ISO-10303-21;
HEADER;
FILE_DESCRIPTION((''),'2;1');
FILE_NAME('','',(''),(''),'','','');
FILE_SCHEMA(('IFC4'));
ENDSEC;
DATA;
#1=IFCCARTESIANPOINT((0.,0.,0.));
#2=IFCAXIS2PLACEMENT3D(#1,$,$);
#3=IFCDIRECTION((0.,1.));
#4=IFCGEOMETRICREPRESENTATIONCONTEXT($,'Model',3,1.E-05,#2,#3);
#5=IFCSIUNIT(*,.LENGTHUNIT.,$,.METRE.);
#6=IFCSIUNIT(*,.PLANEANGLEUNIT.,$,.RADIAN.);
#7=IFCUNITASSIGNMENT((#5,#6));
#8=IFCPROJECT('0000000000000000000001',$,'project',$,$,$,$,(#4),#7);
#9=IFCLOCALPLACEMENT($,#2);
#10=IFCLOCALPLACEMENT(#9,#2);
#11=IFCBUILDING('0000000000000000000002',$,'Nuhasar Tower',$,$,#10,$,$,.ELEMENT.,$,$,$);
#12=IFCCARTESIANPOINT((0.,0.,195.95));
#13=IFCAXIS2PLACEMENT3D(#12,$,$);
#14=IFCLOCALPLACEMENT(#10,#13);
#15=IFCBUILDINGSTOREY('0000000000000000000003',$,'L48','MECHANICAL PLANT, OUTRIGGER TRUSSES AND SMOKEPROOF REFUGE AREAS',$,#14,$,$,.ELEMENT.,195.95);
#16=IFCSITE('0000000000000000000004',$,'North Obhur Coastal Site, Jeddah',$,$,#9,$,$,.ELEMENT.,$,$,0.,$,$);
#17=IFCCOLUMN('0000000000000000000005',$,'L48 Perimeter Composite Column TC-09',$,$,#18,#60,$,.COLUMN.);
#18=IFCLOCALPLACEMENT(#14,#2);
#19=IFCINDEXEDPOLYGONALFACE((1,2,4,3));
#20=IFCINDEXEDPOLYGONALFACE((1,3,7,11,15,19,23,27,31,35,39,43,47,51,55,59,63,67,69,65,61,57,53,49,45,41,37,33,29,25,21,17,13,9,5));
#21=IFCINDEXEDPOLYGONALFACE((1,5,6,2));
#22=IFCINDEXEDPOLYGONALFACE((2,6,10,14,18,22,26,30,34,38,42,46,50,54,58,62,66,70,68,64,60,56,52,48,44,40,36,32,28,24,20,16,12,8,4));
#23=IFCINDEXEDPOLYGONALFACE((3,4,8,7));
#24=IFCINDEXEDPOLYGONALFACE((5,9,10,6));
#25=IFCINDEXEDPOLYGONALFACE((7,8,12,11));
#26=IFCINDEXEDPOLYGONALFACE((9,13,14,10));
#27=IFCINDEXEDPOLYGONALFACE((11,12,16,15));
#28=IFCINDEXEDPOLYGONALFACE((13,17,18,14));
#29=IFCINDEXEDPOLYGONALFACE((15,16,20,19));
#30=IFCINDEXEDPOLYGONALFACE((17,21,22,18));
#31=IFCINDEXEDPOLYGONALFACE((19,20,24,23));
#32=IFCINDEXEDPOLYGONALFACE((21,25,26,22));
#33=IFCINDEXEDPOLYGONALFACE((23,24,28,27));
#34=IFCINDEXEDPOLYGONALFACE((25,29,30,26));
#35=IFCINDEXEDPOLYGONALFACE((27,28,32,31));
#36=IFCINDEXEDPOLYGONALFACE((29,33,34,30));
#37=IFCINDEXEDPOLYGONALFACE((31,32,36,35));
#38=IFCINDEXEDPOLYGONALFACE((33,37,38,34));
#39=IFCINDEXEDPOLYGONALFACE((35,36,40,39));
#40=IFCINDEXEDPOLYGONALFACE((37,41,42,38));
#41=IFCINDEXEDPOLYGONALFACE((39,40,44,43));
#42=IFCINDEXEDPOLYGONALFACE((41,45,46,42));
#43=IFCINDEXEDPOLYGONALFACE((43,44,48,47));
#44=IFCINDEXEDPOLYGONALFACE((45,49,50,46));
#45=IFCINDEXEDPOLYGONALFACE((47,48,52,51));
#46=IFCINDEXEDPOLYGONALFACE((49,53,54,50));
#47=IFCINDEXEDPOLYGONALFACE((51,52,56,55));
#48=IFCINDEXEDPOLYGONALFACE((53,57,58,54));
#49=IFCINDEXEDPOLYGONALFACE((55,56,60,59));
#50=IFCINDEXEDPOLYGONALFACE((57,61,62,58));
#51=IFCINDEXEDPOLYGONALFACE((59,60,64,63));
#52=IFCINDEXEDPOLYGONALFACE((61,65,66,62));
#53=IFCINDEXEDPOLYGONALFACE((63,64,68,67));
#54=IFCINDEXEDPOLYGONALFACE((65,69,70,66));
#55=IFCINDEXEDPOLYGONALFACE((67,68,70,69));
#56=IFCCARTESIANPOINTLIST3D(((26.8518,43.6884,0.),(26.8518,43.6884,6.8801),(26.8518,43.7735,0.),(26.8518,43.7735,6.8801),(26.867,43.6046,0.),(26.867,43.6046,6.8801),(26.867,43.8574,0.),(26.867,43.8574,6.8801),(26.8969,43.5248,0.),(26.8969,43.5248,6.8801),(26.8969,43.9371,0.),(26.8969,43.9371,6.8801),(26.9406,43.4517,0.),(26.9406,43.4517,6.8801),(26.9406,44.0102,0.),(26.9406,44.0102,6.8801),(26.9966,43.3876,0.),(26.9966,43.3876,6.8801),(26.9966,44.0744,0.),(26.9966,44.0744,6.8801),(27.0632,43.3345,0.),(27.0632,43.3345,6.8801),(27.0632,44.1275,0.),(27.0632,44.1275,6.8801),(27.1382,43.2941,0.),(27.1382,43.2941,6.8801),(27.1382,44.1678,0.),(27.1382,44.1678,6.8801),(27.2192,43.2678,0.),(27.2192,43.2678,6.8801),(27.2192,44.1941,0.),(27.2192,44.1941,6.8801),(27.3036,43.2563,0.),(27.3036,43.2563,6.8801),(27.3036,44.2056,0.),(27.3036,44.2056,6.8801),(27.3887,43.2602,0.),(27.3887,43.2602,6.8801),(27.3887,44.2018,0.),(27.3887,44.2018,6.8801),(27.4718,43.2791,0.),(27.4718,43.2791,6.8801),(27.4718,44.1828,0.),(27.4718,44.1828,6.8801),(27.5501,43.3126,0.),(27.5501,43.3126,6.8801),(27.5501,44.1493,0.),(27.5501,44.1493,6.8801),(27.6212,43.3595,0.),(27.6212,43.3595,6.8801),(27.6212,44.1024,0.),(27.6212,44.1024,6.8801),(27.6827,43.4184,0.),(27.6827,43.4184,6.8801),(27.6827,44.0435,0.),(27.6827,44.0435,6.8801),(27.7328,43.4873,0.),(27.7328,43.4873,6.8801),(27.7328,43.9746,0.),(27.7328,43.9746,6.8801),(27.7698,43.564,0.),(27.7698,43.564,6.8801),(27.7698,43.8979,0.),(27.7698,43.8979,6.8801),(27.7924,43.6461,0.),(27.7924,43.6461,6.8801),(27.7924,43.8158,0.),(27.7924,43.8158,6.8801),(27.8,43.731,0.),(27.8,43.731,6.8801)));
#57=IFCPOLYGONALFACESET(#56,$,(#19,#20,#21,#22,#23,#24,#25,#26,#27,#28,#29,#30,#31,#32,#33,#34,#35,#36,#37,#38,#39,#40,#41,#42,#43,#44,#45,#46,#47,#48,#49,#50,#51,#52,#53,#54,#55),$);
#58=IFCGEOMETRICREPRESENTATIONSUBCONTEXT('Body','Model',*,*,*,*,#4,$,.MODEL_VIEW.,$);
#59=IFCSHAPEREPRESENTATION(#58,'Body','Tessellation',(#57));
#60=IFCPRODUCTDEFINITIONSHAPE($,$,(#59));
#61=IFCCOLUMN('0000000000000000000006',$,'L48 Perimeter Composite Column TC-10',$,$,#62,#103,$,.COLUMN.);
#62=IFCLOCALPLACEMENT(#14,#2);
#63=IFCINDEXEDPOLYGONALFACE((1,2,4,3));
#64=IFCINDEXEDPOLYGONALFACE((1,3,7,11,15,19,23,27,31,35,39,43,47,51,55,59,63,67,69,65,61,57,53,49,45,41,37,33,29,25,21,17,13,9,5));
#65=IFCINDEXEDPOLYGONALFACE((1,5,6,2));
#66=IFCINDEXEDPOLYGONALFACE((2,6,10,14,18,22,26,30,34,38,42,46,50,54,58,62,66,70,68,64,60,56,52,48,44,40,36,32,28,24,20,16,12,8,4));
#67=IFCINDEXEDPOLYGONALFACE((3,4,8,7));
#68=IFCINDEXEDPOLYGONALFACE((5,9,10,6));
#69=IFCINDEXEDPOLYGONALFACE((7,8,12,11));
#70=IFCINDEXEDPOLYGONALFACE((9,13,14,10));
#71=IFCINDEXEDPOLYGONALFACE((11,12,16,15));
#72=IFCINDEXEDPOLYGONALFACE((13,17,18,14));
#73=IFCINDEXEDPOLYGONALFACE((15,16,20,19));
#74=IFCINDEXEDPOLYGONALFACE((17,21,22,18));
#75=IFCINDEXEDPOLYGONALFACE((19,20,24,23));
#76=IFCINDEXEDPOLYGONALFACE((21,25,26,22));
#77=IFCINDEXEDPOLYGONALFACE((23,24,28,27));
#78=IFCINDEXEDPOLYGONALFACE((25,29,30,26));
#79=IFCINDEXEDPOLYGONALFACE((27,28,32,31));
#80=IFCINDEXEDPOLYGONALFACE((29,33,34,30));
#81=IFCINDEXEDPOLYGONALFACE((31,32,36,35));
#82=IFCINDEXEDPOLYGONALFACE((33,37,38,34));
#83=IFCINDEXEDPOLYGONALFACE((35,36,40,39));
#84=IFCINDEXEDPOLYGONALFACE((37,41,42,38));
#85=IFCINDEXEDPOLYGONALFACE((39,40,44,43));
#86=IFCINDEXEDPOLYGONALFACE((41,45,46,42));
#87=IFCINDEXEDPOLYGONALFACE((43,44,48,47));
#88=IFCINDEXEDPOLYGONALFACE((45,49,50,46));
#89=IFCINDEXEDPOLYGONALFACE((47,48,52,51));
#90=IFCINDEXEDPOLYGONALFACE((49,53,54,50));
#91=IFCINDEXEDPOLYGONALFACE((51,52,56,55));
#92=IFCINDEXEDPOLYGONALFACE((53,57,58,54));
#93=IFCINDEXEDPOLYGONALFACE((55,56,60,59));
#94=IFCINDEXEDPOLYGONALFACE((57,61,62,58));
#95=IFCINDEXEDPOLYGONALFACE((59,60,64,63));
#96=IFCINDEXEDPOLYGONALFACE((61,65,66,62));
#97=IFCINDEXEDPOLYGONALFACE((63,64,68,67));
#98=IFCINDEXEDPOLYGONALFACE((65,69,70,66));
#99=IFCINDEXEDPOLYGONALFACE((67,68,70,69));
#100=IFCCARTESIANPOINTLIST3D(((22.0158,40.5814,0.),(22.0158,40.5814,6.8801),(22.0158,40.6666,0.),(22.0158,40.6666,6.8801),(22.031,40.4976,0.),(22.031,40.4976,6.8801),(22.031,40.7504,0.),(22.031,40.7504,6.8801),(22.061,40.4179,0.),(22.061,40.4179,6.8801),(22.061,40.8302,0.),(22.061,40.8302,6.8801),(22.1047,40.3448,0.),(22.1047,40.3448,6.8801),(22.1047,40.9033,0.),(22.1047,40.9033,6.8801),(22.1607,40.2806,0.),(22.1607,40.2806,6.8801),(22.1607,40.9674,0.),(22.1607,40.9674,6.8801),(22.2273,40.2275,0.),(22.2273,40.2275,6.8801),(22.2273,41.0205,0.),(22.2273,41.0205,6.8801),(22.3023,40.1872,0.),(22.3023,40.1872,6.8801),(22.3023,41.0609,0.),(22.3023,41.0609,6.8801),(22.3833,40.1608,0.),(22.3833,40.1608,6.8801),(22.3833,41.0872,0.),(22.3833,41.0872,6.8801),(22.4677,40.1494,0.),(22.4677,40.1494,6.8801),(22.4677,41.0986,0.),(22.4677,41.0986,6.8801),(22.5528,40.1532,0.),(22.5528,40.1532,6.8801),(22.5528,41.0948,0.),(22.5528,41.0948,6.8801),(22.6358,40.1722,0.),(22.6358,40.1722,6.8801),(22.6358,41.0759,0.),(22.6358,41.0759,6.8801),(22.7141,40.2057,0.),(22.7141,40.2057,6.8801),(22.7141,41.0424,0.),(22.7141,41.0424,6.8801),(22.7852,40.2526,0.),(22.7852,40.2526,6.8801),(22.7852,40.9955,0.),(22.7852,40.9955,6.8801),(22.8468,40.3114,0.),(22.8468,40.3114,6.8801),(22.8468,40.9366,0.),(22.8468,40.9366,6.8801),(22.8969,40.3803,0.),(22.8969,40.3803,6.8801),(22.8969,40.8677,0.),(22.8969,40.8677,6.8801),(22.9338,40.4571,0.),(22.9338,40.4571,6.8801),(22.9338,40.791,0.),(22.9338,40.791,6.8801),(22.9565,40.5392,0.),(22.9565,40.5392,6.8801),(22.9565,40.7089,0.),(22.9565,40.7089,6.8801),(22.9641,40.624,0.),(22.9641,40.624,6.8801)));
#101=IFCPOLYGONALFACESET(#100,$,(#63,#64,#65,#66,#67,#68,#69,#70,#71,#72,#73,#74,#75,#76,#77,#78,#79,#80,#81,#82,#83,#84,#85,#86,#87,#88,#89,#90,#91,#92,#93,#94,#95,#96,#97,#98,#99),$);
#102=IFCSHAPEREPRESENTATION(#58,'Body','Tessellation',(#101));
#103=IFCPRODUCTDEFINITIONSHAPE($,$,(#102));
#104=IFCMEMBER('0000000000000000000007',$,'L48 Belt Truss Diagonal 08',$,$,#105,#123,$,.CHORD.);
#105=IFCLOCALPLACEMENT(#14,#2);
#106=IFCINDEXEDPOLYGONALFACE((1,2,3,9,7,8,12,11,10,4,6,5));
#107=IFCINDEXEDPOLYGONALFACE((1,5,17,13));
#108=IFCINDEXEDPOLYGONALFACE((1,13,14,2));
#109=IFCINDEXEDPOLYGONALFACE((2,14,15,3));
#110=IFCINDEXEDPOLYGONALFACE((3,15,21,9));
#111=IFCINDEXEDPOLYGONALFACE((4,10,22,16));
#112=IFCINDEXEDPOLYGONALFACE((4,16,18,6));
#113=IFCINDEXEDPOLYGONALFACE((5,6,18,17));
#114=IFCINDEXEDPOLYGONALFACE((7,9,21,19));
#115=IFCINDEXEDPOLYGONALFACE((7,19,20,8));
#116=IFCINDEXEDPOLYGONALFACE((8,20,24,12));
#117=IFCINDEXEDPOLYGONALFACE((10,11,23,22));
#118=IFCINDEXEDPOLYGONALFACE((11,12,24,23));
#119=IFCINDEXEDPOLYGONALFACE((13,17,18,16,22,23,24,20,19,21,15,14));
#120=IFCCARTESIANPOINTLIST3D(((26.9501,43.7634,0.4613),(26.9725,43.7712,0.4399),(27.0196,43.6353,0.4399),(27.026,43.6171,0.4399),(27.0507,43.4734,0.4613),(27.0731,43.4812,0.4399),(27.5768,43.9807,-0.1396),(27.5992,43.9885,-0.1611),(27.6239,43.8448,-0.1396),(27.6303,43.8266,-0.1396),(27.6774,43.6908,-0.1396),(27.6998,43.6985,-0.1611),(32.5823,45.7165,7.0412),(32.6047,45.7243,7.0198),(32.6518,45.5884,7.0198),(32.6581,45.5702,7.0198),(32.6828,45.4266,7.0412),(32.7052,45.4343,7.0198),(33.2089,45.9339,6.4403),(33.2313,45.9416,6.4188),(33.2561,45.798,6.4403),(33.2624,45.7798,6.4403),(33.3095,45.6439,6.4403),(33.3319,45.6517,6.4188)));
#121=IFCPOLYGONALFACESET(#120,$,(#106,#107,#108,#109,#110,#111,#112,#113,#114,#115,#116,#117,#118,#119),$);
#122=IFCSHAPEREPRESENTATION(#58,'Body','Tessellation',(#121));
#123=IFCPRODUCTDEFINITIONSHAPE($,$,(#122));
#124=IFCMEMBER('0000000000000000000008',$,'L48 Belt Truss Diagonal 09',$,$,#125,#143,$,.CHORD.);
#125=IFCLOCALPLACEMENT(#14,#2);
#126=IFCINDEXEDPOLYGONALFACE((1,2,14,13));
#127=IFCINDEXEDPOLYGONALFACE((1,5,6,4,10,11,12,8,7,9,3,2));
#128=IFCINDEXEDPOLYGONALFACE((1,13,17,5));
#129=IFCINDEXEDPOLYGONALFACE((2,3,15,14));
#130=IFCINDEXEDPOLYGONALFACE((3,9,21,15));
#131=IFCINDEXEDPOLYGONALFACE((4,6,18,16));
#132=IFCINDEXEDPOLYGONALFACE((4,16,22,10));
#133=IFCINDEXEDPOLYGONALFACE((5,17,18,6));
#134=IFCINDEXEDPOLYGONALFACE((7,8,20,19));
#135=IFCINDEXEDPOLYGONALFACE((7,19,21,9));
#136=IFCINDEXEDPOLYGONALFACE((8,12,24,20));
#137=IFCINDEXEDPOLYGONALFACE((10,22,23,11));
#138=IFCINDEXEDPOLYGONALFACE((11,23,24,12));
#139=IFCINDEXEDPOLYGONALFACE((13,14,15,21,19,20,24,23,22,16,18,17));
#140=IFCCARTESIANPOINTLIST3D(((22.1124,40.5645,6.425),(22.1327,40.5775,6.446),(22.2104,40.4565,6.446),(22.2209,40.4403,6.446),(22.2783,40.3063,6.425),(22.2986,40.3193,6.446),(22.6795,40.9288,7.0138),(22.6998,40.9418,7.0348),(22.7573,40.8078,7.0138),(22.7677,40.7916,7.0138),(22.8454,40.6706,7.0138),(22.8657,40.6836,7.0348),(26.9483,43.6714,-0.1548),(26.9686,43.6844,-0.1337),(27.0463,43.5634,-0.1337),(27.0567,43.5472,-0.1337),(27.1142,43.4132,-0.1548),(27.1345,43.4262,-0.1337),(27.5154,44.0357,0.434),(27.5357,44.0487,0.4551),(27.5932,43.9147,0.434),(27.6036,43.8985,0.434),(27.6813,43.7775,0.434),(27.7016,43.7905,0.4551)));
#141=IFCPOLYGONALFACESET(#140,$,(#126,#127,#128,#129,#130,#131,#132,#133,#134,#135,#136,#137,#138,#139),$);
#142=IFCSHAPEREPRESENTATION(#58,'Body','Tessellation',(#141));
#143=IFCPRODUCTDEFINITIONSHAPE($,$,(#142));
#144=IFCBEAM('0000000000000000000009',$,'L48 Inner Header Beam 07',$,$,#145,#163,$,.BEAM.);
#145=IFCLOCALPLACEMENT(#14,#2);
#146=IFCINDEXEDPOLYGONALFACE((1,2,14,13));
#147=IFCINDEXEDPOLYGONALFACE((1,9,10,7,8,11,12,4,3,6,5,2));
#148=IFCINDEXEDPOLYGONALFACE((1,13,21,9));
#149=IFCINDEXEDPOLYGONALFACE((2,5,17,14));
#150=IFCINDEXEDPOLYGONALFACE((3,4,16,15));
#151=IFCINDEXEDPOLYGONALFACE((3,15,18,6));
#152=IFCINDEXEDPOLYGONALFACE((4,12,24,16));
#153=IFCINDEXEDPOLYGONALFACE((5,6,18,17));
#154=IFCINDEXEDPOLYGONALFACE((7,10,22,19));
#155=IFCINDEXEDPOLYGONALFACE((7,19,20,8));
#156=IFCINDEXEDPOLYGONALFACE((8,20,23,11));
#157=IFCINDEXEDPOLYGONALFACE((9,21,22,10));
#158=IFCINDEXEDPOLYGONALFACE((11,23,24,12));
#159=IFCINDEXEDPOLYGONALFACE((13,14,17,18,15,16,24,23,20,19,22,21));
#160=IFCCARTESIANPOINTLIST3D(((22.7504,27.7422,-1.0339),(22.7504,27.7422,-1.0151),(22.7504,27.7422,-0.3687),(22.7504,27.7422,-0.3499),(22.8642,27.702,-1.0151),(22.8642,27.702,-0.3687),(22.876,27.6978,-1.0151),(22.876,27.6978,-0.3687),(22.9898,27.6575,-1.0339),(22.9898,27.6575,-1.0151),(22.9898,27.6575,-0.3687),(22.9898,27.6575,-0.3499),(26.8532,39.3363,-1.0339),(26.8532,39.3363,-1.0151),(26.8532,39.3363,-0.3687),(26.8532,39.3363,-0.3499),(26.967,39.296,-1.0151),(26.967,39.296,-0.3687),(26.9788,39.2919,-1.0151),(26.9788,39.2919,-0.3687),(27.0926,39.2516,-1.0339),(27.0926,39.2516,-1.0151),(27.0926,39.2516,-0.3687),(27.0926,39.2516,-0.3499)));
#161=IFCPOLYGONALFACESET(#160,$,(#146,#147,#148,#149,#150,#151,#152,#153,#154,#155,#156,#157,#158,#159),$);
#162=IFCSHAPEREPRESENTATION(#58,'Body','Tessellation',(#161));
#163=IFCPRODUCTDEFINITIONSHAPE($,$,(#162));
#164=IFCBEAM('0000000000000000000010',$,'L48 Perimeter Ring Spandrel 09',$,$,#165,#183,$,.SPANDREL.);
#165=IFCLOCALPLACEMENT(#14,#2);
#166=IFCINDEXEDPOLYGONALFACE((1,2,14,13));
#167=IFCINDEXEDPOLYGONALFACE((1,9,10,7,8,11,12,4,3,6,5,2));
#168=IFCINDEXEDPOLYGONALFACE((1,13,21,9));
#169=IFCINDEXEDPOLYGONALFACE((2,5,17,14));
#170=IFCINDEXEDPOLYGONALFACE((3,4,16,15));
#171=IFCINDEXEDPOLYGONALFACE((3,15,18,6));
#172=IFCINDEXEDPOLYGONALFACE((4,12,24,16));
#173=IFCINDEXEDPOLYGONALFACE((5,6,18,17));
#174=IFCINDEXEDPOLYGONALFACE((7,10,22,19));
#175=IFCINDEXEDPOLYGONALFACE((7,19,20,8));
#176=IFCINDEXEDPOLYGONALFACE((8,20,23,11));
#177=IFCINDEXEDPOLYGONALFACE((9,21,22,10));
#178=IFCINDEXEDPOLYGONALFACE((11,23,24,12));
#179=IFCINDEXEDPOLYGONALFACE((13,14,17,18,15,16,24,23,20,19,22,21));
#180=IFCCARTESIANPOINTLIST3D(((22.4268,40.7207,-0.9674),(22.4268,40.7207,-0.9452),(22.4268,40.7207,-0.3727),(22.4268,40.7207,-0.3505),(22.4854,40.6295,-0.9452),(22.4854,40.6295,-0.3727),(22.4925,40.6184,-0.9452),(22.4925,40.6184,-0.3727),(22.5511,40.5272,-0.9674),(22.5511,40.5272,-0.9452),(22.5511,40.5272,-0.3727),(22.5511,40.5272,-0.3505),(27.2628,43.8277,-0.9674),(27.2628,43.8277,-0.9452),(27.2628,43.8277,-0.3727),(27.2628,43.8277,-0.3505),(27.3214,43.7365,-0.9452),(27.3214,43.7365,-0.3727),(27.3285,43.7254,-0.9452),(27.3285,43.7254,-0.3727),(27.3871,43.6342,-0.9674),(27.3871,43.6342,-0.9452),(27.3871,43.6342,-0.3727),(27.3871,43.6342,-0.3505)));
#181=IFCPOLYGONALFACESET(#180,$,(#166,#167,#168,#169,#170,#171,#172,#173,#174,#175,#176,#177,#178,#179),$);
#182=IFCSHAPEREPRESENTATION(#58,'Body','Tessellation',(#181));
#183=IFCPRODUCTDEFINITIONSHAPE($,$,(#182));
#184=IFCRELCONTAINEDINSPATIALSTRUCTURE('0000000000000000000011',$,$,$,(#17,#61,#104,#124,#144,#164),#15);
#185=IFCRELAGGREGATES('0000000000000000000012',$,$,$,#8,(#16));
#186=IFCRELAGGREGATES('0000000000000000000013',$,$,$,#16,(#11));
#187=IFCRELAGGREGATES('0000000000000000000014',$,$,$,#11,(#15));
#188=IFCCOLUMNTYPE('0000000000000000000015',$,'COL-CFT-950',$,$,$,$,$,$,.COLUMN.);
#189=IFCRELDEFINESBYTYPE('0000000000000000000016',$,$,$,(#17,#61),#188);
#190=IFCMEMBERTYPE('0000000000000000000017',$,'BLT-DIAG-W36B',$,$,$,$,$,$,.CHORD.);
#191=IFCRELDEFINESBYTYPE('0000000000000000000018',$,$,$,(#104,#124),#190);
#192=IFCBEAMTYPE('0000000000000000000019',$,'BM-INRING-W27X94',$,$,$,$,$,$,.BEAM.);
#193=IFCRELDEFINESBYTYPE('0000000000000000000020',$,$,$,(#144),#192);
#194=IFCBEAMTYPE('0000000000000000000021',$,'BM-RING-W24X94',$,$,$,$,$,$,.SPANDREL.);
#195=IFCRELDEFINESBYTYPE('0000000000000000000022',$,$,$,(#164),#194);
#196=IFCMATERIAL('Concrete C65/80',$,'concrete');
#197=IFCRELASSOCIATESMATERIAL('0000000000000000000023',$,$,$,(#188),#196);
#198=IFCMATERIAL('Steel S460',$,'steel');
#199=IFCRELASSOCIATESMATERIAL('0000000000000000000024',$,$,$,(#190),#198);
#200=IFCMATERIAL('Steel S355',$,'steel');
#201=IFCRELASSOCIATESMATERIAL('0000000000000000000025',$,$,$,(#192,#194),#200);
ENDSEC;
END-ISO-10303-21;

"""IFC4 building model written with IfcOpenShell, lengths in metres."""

from ifc_helpers import new_model, si_unit, direction, frame, origin, origin_2d, place, context, subcontext, project, spatial, circle, i_section, extrude, material, material_profile, profile_set, type_object, element, save


model = new_model("IFC4")

# Units and contexts
model_context = context("Model", 3, precision=1e-05, world=origin(), true_north=direction((0.0, 1.0)))
body_context = subcontext(model_context, "Body", "Model", "MODEL_VIEW")
ifc_project = project(units=[si_unit("LENGTHUNIT", "METRE"), si_unit("PLANEANGLEUNIT", "RADIAN")], contexts=[model_context])

# Site, building, storey
site_placement = place(None, origin())
site = spatial("IfcSite", under=ifc_project, at=site_placement, Name="North Obhur Coastal Site, Jeddah", CompositionType="ELEMENT", RefElevation=0.0)
building_placement = place(site_placement, origin())
building = spatial("IfcBuilding", under=site, at=building_placement, Name="Nuhasar Tower", CompositionType="ELEMENT")
storey_placement = place(building_placement, frame((0.0, 0.0, 195.95)))
storey = spatial("IfcBuildingStorey", under=building, at=storey_placement, Name="L48", Description="MECHANICAL PLANT, OUTRIGGER TRUSSES AND SMOKEPROOF REFUGE AREAS", CompositionType="ELEMENT", Elevation=195.95)

# Columns
ifc_material_1 = material(Name="Concrete C65/80", Category="concrete")
ifc_material_profile_1 = material_profile(ifc_material_1, circle(Radius=0.4751, at=origin_2d()), Name="CFT950")
ifc_profile_set_1 = profile_set([ifc_material_profile_1], Name="Concrete C65/80")
column_type = type_object("IfcColumnType", Name="COL-CFT-950", PredefinedType="COLUMN", material=ifc_profile_set_1)
for number, where, z_axis, x_axis, name in (
    (1, (27.325, 43.731, 0.0), (0.0, 0.0, 1.0), (1.0, 0.0, 0.0), "L48 Perimeter Composite Column TC-09"),
    (2, (22.489, 40.624, 0.0), (0.0, 0.0, 1.0), (1.0, 0.0, 0.0), "L48 Perimeter Composite Column TC-10"),
):
    element("IfcColumn", number, at=place(storey_placement, frame(where, z_axis=z_axis, x_axis=x_axis)), inside=storey, type_object=column_type, Name=name, PredefinedType="COLUMN", context=body_context, shape_type="SweptSolid", body=[
        extrude(circle(Radius=0.4751, at=origin_2d()), origin(), (0.0, 0.0, 1.0), 6.8801),
    ])

# Members
ifc_material_2 = material(Name="Steel S460", Category="steel")
ifc_material_profile_2 = material_profile(ifc_material_2, i_section(OverallWidth=0.3069, OverallDepth=0.927, WebThickness=0.0193, FlangeThickness=0.032, at=origin_2d()), Name="W36X194")
ifc_profile_set_2 = profile_set([ifc_material_profile_2], Name="Steel S460")
member_type_1 = type_object("IfcMemberType", Name="BLT-DIAG-W36B", PredefinedType="CHORD", material=ifc_profile_set_2)
member_1_placement = place(storey_placement, frame((27.325, 43.731, 0.1501), z_axis=(0.634344, 0.219982, 0.741091), x_axis=(-0.327644, 0.944801, 0.0)))
element("IfcMember", 3, at=member_1_placement, inside=storey, type_object=member_type_1, Name="L48 Belt Truss Diagonal 08", PredefinedType="CHORD", context=body_context, shape_type="SweptSolid", body=[
    extrude(i_section(OverallWidth=0.3069, OverallDepth=0.927, WebThickness=0.0193, FlangeThickness=0.032, at=origin_2d()), origin(), (0.0, 0.0, 1.0), 8.8787),
])
member_2_placement = place(storey_placement, frame((27.325, 43.731, 0.1501), z_axis=(-0.553507, -0.35561, 0.753108), x_axis=(0.540526, -0.841327, 0.0)))
element("IfcMember", 4, at=member_2_placement, inside=storey, type_object=member_type_1, Name="L48 Belt Truss Diagonal 09", PredefinedType="CHORD", context=body_context, shape_type="SweptSolid", body=[
    extrude(i_section(OverallWidth=0.3069, OverallDepth=0.927, WebThickness=0.0193, FlangeThickness=0.032, at=origin_2d()), origin(), (0.0, 0.0, 1.0), 8.7368),
])

# Beams
ifc_material_3 = material(Name="Steel S355", Category="steel")
ifc_material_profile_3 = material_profile(ifc_material_3, i_section(OverallWidth=0.2539, OverallDepth=0.6841, WebThickness=0.0125, FlangeThickness=0.0188, at=origin_2d()), Name="W27X94")
ifc_profile_set_3 = profile_set([ifc_material_profile_3], Name="Steel S355")
beam_type_1 = type_object("IfcBeamType", Name="BM-INRING-W27X94", PredefinedType="BEAM", material=ifc_profile_set_3)
beam_1_placement = place(storey_placement, frame((26.9729, 39.2939, -0.6919), z_axis=(-0.3336, -0.942715, 0.0), x_axis=(0.942715, -0.3336, 0.0)))
element("IfcBeam", 5, at=beam_1_placement, inside=storey, type_object=beam_type_1, Name="L48 Inner Header Beam 07", PredefinedType="BEAM", context=body_context, shape_type="SweptSolid", body=[
    extrude(i_section(OverallWidth=0.2539, OverallDepth=0.6841, WebThickness=0.0125, FlangeThickness=0.0188, at=origin_2d()), origin(), (0.0, 0.0, 1.0), 12.2986),
])
ifc_material_profile_4 = material_profile(ifc_material_3, i_section(OverallWidth=0.23, OverallDepth=0.6169, WebThickness=0.0132, FlangeThickness=0.0222, at=origin_2d()), Name="W24X94")
ifc_profile_set_4 = profile_set([ifc_material_profile_4], Name="Steel S355")
beam_type_2 = type_object("IfcBeamType", Name="BM-RING-W24X94", PredefinedType="SPANDREL", material=ifc_profile_set_4)
beam_2_placement = place(storey_placement, frame((27.325, 43.731, -0.6589), z_axis=(-0.841327, -0.540526, 0.0), x_axis=(0.540526, -0.841327, 0.0)))
element("IfcBeam", 6, at=beam_2_placement, inside=storey, type_object=beam_type_2, Name="L48 Perimeter Ring Spandrel 09", PredefinedType="SPANDREL", context=body_context, shape_type="SweptSolid", body=[
    extrude(i_section(OverallWidth=0.23, OverallDepth=0.6169, WebThickness=0.0132, FlangeThickness=0.0222, at=origin_2d()), origin(), (0.0, 0.0, 1.0), 5.748),
])

save(model, "model.ifc")
